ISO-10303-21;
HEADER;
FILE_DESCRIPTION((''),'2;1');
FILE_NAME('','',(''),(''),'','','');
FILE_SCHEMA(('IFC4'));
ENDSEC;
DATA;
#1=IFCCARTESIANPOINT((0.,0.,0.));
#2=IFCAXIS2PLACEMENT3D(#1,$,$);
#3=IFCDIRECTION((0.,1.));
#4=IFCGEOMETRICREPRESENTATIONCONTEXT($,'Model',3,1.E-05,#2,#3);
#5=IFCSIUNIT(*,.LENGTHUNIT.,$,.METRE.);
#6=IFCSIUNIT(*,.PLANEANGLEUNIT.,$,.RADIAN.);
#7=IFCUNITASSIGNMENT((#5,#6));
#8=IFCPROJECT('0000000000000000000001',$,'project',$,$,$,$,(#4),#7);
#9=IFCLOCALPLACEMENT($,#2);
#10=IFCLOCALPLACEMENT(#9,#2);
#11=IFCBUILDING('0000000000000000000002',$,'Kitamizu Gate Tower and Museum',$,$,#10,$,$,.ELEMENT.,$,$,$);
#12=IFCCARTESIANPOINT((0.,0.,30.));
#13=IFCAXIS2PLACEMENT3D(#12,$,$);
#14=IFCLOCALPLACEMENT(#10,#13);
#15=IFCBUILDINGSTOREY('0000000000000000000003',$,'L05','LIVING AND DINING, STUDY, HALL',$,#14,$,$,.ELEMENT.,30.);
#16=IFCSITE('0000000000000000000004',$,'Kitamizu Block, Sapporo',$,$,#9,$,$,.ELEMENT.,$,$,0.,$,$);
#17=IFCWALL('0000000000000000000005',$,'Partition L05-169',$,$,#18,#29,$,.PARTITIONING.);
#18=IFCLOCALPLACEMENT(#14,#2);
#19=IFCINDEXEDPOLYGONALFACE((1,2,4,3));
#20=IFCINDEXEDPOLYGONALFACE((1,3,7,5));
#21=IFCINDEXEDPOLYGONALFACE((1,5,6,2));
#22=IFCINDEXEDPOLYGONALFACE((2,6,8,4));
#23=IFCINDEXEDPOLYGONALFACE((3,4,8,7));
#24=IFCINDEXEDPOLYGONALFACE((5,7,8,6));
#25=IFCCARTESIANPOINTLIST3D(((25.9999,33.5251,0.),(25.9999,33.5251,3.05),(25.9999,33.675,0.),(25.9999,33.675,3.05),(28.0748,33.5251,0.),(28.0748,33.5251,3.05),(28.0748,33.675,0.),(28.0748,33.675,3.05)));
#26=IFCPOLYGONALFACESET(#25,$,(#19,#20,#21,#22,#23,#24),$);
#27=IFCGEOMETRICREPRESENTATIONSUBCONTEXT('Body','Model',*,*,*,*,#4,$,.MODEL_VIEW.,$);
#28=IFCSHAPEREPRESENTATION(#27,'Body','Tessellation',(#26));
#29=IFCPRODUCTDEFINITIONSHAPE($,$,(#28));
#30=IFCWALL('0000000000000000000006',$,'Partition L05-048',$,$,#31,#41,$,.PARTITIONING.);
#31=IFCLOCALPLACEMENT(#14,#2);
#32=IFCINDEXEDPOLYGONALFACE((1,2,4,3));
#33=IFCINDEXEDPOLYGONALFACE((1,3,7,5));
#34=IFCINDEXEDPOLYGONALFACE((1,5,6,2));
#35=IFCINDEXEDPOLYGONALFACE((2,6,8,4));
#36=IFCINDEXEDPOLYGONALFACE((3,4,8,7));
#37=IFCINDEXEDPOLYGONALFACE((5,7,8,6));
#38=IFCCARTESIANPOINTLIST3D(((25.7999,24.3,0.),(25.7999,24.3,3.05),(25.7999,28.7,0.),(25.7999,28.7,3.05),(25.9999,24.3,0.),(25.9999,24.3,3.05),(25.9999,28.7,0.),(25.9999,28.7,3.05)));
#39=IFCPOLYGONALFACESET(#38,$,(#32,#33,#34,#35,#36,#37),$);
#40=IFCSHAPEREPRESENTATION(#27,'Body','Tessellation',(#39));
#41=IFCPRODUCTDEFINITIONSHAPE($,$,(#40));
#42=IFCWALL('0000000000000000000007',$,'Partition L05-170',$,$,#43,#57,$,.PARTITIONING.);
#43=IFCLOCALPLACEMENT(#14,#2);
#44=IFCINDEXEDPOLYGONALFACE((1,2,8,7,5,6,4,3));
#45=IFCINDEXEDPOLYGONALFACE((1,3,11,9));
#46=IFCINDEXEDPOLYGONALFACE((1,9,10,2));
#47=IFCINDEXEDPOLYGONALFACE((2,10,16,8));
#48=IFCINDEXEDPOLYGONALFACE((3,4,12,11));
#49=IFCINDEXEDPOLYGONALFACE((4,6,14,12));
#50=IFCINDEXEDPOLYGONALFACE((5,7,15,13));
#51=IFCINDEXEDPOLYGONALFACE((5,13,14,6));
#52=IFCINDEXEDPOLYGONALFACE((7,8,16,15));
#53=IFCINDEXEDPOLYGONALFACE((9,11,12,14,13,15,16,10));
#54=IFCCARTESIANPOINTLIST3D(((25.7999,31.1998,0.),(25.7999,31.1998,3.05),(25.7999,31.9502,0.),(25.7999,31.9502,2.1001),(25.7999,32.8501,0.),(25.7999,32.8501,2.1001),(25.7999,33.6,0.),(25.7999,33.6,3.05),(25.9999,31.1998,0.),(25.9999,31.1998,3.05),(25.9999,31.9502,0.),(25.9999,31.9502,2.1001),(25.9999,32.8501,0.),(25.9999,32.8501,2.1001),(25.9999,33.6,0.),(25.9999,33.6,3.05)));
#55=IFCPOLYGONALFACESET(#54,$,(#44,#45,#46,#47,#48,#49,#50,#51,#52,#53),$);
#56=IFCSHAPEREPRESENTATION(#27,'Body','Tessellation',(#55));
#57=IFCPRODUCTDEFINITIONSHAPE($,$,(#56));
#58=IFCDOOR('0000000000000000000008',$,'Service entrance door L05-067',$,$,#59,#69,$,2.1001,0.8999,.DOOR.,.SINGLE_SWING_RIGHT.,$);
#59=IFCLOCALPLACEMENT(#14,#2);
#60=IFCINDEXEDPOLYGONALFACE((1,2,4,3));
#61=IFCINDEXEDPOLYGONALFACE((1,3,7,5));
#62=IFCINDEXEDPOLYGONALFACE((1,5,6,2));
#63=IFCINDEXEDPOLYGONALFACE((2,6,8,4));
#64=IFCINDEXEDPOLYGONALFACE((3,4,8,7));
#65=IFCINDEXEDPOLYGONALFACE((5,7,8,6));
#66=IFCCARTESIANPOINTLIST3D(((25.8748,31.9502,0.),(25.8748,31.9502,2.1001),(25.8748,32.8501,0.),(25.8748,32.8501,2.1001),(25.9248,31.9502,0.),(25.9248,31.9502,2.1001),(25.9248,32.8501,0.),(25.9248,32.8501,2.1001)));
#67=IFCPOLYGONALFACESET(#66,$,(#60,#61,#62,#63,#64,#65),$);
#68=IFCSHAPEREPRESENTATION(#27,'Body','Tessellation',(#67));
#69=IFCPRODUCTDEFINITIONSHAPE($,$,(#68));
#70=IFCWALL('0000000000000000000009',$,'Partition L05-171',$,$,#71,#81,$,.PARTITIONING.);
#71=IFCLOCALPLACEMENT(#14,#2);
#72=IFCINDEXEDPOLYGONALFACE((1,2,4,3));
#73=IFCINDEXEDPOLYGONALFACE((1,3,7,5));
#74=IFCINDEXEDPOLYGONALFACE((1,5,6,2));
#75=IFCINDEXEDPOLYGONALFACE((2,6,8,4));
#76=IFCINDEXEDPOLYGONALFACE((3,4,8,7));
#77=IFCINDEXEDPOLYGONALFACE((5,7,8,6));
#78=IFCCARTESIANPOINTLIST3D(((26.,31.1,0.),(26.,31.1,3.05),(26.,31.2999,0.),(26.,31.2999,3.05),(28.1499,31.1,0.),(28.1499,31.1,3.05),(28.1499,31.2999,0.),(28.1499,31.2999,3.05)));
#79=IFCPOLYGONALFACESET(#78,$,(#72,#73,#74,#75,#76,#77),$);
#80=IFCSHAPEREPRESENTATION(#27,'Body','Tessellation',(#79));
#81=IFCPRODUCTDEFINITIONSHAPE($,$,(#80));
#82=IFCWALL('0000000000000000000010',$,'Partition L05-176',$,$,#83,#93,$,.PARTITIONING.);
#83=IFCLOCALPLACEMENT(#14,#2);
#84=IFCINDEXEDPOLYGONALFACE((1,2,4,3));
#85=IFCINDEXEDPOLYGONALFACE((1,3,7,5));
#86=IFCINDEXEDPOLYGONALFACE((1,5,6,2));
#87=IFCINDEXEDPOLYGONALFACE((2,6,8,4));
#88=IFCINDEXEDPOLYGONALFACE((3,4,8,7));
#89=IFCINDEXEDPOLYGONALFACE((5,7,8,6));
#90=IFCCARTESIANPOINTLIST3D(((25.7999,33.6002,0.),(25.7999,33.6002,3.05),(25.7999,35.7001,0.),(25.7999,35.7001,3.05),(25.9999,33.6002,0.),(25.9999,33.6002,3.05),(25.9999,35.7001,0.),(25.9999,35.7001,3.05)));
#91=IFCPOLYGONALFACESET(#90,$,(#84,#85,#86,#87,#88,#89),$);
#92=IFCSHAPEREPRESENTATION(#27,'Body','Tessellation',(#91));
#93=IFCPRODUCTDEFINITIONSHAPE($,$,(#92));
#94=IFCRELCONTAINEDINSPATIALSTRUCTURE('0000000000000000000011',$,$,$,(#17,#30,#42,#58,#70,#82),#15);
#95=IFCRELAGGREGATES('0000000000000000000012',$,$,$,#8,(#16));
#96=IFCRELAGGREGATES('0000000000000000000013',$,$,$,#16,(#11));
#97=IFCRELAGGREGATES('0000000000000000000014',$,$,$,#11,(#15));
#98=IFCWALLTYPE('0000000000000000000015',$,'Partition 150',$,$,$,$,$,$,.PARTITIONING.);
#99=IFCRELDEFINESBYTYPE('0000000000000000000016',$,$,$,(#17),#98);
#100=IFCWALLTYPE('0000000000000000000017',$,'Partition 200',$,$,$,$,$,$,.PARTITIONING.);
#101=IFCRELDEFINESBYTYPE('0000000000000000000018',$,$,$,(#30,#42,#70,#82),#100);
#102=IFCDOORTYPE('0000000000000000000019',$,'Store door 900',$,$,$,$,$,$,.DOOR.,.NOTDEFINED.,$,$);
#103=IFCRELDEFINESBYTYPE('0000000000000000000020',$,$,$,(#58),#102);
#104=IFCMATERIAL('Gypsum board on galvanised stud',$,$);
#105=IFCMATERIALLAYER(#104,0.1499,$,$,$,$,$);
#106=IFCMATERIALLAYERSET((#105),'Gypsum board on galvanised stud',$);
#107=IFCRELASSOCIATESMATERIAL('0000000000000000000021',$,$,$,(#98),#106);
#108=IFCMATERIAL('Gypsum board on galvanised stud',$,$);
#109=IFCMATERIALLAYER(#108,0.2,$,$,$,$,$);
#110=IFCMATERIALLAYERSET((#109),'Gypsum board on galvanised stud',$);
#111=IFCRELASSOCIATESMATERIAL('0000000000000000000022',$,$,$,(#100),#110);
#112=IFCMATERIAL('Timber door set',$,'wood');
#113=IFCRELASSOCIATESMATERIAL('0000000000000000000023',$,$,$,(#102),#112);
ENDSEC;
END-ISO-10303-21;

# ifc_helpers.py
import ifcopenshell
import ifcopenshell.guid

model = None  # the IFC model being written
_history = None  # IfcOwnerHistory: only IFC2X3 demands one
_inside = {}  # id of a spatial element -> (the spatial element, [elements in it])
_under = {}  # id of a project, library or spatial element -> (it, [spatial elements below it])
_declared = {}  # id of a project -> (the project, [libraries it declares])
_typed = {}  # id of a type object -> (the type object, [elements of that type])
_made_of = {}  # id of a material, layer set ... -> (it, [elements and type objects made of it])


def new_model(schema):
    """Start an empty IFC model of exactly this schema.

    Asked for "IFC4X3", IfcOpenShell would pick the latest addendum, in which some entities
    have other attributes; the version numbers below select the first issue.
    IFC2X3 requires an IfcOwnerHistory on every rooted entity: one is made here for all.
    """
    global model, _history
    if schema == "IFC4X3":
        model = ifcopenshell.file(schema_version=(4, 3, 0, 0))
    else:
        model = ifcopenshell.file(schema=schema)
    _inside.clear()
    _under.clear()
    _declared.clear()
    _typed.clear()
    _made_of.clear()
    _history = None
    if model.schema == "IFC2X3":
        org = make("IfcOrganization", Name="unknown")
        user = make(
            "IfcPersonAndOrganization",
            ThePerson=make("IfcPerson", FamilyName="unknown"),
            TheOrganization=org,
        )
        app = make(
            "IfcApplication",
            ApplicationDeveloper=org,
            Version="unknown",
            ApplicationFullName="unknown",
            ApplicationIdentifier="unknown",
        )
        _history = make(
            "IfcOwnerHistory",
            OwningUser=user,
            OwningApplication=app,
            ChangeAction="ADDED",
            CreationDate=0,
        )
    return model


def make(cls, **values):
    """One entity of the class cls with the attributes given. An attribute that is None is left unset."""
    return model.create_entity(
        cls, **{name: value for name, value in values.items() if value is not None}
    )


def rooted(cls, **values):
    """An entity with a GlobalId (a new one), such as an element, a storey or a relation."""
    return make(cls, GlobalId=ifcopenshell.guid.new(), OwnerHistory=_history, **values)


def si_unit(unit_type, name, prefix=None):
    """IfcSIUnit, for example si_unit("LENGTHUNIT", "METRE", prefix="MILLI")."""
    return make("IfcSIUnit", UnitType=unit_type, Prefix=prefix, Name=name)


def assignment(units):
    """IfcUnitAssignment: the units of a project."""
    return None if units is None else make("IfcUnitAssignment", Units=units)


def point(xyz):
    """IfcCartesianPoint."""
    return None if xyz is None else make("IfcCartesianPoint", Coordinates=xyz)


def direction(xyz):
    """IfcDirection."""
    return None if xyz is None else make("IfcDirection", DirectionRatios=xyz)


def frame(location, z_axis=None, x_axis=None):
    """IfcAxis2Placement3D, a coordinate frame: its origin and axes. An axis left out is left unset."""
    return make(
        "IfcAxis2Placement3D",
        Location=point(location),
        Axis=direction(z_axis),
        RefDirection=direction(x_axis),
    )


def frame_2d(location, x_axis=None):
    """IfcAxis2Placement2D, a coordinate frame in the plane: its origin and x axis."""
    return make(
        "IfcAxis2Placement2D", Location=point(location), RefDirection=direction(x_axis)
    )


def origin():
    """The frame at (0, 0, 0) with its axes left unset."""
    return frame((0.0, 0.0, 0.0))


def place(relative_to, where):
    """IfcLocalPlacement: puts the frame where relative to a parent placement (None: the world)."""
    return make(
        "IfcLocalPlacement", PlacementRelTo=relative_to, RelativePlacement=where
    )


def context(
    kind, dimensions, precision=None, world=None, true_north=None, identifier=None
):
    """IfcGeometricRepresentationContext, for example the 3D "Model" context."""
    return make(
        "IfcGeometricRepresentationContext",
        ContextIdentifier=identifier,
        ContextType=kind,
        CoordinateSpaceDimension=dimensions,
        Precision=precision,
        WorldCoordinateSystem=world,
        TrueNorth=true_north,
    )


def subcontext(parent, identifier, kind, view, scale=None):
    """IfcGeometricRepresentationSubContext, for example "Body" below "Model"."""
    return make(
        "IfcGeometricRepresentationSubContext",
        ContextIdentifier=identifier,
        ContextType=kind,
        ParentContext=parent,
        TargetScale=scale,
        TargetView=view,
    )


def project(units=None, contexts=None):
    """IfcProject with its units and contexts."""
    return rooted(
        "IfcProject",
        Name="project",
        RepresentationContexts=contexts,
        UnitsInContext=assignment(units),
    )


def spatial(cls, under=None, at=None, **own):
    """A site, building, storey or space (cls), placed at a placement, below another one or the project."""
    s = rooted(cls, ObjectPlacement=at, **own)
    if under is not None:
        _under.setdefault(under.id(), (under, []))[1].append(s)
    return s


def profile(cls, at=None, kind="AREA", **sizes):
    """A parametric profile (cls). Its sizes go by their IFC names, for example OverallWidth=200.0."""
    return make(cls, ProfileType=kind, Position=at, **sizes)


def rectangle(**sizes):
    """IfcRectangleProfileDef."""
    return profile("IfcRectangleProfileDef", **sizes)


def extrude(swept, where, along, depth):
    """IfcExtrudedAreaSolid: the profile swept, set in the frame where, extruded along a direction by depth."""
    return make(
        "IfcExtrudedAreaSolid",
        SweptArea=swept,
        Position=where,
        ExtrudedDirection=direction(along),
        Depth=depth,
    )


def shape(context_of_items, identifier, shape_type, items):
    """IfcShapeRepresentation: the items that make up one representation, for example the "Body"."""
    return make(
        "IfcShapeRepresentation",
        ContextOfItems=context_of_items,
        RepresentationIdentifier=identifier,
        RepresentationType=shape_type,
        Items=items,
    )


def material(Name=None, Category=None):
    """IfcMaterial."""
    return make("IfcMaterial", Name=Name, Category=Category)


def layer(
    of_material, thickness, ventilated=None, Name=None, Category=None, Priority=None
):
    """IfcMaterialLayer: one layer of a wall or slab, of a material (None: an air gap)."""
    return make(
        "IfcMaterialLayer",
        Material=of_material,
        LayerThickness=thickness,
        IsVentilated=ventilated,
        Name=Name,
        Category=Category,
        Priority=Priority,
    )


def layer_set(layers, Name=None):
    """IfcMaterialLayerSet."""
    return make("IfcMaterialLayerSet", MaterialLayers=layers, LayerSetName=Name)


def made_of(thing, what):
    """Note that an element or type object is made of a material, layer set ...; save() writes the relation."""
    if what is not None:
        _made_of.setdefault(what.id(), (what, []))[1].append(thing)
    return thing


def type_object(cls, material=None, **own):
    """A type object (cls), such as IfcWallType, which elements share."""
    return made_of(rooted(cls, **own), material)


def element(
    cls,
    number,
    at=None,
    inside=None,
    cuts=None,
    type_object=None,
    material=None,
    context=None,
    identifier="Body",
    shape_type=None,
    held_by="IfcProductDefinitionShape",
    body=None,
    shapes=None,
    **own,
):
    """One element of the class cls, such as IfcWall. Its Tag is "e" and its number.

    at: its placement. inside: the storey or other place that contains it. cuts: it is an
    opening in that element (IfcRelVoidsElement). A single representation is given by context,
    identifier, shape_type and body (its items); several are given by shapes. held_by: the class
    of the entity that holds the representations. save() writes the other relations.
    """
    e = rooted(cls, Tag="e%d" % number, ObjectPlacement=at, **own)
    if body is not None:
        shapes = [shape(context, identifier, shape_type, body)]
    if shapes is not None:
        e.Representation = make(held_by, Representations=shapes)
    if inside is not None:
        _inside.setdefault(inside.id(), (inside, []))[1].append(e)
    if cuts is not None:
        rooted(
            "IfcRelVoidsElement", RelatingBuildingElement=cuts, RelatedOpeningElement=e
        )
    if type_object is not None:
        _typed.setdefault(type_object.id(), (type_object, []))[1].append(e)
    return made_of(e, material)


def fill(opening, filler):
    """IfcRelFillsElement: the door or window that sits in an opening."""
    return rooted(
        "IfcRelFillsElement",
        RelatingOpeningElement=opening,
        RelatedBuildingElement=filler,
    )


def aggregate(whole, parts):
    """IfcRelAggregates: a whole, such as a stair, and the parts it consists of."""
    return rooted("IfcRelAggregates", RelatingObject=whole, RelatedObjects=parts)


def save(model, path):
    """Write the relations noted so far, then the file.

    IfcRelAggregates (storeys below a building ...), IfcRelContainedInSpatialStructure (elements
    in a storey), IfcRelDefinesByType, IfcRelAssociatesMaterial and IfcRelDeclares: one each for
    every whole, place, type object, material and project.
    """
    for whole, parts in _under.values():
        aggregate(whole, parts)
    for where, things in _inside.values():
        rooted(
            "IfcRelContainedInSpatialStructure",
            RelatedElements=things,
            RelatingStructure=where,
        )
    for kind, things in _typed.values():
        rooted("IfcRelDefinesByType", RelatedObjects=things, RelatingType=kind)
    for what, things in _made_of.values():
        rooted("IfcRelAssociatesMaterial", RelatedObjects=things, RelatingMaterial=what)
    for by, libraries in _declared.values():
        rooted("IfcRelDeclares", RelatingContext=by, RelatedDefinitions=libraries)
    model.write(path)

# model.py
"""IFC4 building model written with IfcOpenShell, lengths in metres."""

from ifc_helpers import new_model, si_unit, direction, frame, frame_2d, origin, place, context, subcontext, project, spatial, rectangle, extrude, material, layer, layer_set, type_object, element, fill, save


model = new_model("IFC4")

# Units and contexts
model_context = context("Model", 3, precision=1e-05, world=origin(), true_north=direction((0.0, 1.0)))
body_context = subcontext(model_context, "Body", "Model", "MODEL_VIEW")
ifc_project = project(units=[si_unit("LENGTHUNIT", "METRE"), si_unit("PLANEANGLEUNIT", "RADIAN")], contexts=[model_context])

# Site, building, storey
site_placement = place(None, origin())
site = spatial("IfcSite", under=ifc_project, at=site_placement, Name="Kitamizu Block, Sapporo", CompositionType="ELEMENT", RefElevation=0.0)
building_placement = place(site_placement, origin())
building = spatial("IfcBuilding", under=site, at=building_placement, Name="Kitamizu Gate Tower and Museum", CompositionType="ELEMENT")
storey_placement = place(building_placement, frame((0.0, 0.0, 30.0)))
storey = spatial("IfcBuildingStorey", under=building, at=storey_placement, Name="L05", Description="LIVING AND DINING, STUDY, HALL", CompositionType="ELEMENT", Elevation=30.0)

# Walls
ifc_material_1 = material(Name="Gypsum board on galvanised stud")
ifc_layer_1 = layer(ifc_material_1, 0.1499)
ifc_layer_set_1 = layer_set([ifc_layer_1], Name="Gypsum board on galvanised stud")
wall_type_1 = type_object("IfcWallType", Name="Partition 150", PredefinedType="PARTITIONING", material=ifc_layer_set_1)
wall_1_placement = place(storey_placement, frame((28.075, 33.6001, 0.0), z_axis=(0.0, 0.0, 1.0), x_axis=(-1.0, 0.0, 0.0)))
element("IfcWall", 1, at=wall_1_placement, inside=storey, type_object=wall_type_1, Name="Partition L05-169", PredefinedType="PARTITIONING", context=body_context, shape_type="SweptSolid", body=[
    extrude(rectangle(XDim=2.075, YDim=0.1499, at=frame_2d((1.0376, 0.0))), origin(), (0.0, 0.0, 1.0), 3.05),
])
ifc_material_2 = material(Name="Gypsum board on galvanised stud")
ifc_layer_2 = layer(ifc_material_2, 0.2)
ifc_layer_set_2 = layer_set([ifc_layer_2], Name="Gypsum board on galvanised stud")
wall_type_2 = type_object("IfcWallType", Name="Partition 200", PredefinedType="PARTITIONING", material=ifc_layer_set_2)
wall_2_placement = place(storey_placement, frame((25.8999, 28.7, 0.0), z_axis=(0.0, 0.0, 1.0), x_axis=(0.0, -1.0, 0.0)))
element("IfcWall", 2, at=wall_2_placement, inside=storey, type_object=wall_type_2, Name="Partition L05-048", PredefinedType="PARTITIONING", context=body_context, shape_type="SweptSolid", body=[
    extrude(rectangle(XDim=4.3999, YDim=0.2, at=frame_2d((2.2, 0.0))), origin(), (0.0, 0.0, 1.0), 3.05),
])

# Wall, opening, door
wall_3_placement = place(storey_placement, frame((25.8999, 33.6001, 0.0), z_axis=(0.0, 0.0, 1.0), x_axis=(0.0, -1.0, 0.0)))
wall_3 = element("IfcWall", 3, at=wall_3_placement, inside=storey, type_object=wall_type_2, Name="Partition L05-170", PredefinedType="PARTITIONING", context=body_context, shape_type="SweptSolid", body=[
    extrude(rectangle(XDim=2.4001, YDim=0.2, at=frame_2d((1.2002, 0.0))), origin(), (0.0, 0.0, 1.0), 3.05),
])
opening_1_placement = place(wall_3_placement, frame((0.75, 0.0, 0.0)))
opening_1 = element("IfcOpeningElement", 4, at=opening_1_placement, cuts=wall_3, PredefinedType="OPENING", context=body_context, shape_type="SweptSolid", body=[
    extrude(rectangle(XDim=0.8999, YDim=2.1001, at=frame_2d((0.45, 1.05))), frame((0.0, 0.1099, 0.0), z_axis=(0.0, -1.0, 0.0), x_axis=(1.0, 0.0, 0.0)), (0.0, 0.0, 1.0), 0.22),
])
ifc_material_3 = material(Name="Timber door set", Category="wood")
door_type_1 = type_object("IfcDoorType", Name="Store door 900", OperationType="NOTDEFINED", PredefinedType="DOOR", material=ifc_material_3)
door_1_placement = place(opening_1_placement, origin())
door_1 = element("IfcDoor", 5, at=door_1_placement, inside=storey, type_object=door_type_1, Name="Service entrance door L05-067", OperationType="SINGLE_SWING_RIGHT", OverallHeight=2.1001, OverallWidth=0.8999, PredefinedType="DOOR", context=body_context, shape_type="SweptSolid", body=[
    extrude(rectangle(XDim=0.8999, YDim=2.1001, at=frame_2d((0.45, 1.05))), frame((0.0, 0.0249, 0.0), z_axis=(0.0, -1.0, 0.0), x_axis=(1.0, 0.0, 0.0)), (0.0, 0.0, 1.0), 0.05),
])
fill(opening_1, door_1)

# Walls
wall_4_placement = place(storey_placement, frame((26.0, 31.2, 0.0), z_axis=(0.0, 0.0, 1.0), x_axis=(1.0, 0.0, 0.0)))
element("IfcWall", 6, at=wall_4_placement, inside=storey, type_object=wall_type_2, Name="Partition L05-171", PredefinedType="PARTITIONING", context=body_context, shape_type="SweptSolid", body=[
    extrude(rectangle(XDim=2.1499, YDim=0.2, at=frame_2d((1.075, 0.0))), origin(), (0.0, 0.0, 1.0), 3.05),
])
wall_5_placement = place(storey_placement, frame((25.8999, 35.7, 0.0), z_axis=(0.0, 0.0, 1.0), x_axis=(0.0, -1.0, 0.0)))
element("IfcWall", 7, at=wall_5_placement, inside=storey, type_object=wall_type_2, Name="Partition L05-176", PredefinedType="PARTITIONING", context=body_context, shape_type="SweptSolid", body=[
    extrude(rectangle(XDim=2.0999, YDim=0.2, at=frame_2d((1.0498, 0.0))), origin(), (0.0, 0.0, 1.0), 3.05),
])

save(model, "model.ifc")
